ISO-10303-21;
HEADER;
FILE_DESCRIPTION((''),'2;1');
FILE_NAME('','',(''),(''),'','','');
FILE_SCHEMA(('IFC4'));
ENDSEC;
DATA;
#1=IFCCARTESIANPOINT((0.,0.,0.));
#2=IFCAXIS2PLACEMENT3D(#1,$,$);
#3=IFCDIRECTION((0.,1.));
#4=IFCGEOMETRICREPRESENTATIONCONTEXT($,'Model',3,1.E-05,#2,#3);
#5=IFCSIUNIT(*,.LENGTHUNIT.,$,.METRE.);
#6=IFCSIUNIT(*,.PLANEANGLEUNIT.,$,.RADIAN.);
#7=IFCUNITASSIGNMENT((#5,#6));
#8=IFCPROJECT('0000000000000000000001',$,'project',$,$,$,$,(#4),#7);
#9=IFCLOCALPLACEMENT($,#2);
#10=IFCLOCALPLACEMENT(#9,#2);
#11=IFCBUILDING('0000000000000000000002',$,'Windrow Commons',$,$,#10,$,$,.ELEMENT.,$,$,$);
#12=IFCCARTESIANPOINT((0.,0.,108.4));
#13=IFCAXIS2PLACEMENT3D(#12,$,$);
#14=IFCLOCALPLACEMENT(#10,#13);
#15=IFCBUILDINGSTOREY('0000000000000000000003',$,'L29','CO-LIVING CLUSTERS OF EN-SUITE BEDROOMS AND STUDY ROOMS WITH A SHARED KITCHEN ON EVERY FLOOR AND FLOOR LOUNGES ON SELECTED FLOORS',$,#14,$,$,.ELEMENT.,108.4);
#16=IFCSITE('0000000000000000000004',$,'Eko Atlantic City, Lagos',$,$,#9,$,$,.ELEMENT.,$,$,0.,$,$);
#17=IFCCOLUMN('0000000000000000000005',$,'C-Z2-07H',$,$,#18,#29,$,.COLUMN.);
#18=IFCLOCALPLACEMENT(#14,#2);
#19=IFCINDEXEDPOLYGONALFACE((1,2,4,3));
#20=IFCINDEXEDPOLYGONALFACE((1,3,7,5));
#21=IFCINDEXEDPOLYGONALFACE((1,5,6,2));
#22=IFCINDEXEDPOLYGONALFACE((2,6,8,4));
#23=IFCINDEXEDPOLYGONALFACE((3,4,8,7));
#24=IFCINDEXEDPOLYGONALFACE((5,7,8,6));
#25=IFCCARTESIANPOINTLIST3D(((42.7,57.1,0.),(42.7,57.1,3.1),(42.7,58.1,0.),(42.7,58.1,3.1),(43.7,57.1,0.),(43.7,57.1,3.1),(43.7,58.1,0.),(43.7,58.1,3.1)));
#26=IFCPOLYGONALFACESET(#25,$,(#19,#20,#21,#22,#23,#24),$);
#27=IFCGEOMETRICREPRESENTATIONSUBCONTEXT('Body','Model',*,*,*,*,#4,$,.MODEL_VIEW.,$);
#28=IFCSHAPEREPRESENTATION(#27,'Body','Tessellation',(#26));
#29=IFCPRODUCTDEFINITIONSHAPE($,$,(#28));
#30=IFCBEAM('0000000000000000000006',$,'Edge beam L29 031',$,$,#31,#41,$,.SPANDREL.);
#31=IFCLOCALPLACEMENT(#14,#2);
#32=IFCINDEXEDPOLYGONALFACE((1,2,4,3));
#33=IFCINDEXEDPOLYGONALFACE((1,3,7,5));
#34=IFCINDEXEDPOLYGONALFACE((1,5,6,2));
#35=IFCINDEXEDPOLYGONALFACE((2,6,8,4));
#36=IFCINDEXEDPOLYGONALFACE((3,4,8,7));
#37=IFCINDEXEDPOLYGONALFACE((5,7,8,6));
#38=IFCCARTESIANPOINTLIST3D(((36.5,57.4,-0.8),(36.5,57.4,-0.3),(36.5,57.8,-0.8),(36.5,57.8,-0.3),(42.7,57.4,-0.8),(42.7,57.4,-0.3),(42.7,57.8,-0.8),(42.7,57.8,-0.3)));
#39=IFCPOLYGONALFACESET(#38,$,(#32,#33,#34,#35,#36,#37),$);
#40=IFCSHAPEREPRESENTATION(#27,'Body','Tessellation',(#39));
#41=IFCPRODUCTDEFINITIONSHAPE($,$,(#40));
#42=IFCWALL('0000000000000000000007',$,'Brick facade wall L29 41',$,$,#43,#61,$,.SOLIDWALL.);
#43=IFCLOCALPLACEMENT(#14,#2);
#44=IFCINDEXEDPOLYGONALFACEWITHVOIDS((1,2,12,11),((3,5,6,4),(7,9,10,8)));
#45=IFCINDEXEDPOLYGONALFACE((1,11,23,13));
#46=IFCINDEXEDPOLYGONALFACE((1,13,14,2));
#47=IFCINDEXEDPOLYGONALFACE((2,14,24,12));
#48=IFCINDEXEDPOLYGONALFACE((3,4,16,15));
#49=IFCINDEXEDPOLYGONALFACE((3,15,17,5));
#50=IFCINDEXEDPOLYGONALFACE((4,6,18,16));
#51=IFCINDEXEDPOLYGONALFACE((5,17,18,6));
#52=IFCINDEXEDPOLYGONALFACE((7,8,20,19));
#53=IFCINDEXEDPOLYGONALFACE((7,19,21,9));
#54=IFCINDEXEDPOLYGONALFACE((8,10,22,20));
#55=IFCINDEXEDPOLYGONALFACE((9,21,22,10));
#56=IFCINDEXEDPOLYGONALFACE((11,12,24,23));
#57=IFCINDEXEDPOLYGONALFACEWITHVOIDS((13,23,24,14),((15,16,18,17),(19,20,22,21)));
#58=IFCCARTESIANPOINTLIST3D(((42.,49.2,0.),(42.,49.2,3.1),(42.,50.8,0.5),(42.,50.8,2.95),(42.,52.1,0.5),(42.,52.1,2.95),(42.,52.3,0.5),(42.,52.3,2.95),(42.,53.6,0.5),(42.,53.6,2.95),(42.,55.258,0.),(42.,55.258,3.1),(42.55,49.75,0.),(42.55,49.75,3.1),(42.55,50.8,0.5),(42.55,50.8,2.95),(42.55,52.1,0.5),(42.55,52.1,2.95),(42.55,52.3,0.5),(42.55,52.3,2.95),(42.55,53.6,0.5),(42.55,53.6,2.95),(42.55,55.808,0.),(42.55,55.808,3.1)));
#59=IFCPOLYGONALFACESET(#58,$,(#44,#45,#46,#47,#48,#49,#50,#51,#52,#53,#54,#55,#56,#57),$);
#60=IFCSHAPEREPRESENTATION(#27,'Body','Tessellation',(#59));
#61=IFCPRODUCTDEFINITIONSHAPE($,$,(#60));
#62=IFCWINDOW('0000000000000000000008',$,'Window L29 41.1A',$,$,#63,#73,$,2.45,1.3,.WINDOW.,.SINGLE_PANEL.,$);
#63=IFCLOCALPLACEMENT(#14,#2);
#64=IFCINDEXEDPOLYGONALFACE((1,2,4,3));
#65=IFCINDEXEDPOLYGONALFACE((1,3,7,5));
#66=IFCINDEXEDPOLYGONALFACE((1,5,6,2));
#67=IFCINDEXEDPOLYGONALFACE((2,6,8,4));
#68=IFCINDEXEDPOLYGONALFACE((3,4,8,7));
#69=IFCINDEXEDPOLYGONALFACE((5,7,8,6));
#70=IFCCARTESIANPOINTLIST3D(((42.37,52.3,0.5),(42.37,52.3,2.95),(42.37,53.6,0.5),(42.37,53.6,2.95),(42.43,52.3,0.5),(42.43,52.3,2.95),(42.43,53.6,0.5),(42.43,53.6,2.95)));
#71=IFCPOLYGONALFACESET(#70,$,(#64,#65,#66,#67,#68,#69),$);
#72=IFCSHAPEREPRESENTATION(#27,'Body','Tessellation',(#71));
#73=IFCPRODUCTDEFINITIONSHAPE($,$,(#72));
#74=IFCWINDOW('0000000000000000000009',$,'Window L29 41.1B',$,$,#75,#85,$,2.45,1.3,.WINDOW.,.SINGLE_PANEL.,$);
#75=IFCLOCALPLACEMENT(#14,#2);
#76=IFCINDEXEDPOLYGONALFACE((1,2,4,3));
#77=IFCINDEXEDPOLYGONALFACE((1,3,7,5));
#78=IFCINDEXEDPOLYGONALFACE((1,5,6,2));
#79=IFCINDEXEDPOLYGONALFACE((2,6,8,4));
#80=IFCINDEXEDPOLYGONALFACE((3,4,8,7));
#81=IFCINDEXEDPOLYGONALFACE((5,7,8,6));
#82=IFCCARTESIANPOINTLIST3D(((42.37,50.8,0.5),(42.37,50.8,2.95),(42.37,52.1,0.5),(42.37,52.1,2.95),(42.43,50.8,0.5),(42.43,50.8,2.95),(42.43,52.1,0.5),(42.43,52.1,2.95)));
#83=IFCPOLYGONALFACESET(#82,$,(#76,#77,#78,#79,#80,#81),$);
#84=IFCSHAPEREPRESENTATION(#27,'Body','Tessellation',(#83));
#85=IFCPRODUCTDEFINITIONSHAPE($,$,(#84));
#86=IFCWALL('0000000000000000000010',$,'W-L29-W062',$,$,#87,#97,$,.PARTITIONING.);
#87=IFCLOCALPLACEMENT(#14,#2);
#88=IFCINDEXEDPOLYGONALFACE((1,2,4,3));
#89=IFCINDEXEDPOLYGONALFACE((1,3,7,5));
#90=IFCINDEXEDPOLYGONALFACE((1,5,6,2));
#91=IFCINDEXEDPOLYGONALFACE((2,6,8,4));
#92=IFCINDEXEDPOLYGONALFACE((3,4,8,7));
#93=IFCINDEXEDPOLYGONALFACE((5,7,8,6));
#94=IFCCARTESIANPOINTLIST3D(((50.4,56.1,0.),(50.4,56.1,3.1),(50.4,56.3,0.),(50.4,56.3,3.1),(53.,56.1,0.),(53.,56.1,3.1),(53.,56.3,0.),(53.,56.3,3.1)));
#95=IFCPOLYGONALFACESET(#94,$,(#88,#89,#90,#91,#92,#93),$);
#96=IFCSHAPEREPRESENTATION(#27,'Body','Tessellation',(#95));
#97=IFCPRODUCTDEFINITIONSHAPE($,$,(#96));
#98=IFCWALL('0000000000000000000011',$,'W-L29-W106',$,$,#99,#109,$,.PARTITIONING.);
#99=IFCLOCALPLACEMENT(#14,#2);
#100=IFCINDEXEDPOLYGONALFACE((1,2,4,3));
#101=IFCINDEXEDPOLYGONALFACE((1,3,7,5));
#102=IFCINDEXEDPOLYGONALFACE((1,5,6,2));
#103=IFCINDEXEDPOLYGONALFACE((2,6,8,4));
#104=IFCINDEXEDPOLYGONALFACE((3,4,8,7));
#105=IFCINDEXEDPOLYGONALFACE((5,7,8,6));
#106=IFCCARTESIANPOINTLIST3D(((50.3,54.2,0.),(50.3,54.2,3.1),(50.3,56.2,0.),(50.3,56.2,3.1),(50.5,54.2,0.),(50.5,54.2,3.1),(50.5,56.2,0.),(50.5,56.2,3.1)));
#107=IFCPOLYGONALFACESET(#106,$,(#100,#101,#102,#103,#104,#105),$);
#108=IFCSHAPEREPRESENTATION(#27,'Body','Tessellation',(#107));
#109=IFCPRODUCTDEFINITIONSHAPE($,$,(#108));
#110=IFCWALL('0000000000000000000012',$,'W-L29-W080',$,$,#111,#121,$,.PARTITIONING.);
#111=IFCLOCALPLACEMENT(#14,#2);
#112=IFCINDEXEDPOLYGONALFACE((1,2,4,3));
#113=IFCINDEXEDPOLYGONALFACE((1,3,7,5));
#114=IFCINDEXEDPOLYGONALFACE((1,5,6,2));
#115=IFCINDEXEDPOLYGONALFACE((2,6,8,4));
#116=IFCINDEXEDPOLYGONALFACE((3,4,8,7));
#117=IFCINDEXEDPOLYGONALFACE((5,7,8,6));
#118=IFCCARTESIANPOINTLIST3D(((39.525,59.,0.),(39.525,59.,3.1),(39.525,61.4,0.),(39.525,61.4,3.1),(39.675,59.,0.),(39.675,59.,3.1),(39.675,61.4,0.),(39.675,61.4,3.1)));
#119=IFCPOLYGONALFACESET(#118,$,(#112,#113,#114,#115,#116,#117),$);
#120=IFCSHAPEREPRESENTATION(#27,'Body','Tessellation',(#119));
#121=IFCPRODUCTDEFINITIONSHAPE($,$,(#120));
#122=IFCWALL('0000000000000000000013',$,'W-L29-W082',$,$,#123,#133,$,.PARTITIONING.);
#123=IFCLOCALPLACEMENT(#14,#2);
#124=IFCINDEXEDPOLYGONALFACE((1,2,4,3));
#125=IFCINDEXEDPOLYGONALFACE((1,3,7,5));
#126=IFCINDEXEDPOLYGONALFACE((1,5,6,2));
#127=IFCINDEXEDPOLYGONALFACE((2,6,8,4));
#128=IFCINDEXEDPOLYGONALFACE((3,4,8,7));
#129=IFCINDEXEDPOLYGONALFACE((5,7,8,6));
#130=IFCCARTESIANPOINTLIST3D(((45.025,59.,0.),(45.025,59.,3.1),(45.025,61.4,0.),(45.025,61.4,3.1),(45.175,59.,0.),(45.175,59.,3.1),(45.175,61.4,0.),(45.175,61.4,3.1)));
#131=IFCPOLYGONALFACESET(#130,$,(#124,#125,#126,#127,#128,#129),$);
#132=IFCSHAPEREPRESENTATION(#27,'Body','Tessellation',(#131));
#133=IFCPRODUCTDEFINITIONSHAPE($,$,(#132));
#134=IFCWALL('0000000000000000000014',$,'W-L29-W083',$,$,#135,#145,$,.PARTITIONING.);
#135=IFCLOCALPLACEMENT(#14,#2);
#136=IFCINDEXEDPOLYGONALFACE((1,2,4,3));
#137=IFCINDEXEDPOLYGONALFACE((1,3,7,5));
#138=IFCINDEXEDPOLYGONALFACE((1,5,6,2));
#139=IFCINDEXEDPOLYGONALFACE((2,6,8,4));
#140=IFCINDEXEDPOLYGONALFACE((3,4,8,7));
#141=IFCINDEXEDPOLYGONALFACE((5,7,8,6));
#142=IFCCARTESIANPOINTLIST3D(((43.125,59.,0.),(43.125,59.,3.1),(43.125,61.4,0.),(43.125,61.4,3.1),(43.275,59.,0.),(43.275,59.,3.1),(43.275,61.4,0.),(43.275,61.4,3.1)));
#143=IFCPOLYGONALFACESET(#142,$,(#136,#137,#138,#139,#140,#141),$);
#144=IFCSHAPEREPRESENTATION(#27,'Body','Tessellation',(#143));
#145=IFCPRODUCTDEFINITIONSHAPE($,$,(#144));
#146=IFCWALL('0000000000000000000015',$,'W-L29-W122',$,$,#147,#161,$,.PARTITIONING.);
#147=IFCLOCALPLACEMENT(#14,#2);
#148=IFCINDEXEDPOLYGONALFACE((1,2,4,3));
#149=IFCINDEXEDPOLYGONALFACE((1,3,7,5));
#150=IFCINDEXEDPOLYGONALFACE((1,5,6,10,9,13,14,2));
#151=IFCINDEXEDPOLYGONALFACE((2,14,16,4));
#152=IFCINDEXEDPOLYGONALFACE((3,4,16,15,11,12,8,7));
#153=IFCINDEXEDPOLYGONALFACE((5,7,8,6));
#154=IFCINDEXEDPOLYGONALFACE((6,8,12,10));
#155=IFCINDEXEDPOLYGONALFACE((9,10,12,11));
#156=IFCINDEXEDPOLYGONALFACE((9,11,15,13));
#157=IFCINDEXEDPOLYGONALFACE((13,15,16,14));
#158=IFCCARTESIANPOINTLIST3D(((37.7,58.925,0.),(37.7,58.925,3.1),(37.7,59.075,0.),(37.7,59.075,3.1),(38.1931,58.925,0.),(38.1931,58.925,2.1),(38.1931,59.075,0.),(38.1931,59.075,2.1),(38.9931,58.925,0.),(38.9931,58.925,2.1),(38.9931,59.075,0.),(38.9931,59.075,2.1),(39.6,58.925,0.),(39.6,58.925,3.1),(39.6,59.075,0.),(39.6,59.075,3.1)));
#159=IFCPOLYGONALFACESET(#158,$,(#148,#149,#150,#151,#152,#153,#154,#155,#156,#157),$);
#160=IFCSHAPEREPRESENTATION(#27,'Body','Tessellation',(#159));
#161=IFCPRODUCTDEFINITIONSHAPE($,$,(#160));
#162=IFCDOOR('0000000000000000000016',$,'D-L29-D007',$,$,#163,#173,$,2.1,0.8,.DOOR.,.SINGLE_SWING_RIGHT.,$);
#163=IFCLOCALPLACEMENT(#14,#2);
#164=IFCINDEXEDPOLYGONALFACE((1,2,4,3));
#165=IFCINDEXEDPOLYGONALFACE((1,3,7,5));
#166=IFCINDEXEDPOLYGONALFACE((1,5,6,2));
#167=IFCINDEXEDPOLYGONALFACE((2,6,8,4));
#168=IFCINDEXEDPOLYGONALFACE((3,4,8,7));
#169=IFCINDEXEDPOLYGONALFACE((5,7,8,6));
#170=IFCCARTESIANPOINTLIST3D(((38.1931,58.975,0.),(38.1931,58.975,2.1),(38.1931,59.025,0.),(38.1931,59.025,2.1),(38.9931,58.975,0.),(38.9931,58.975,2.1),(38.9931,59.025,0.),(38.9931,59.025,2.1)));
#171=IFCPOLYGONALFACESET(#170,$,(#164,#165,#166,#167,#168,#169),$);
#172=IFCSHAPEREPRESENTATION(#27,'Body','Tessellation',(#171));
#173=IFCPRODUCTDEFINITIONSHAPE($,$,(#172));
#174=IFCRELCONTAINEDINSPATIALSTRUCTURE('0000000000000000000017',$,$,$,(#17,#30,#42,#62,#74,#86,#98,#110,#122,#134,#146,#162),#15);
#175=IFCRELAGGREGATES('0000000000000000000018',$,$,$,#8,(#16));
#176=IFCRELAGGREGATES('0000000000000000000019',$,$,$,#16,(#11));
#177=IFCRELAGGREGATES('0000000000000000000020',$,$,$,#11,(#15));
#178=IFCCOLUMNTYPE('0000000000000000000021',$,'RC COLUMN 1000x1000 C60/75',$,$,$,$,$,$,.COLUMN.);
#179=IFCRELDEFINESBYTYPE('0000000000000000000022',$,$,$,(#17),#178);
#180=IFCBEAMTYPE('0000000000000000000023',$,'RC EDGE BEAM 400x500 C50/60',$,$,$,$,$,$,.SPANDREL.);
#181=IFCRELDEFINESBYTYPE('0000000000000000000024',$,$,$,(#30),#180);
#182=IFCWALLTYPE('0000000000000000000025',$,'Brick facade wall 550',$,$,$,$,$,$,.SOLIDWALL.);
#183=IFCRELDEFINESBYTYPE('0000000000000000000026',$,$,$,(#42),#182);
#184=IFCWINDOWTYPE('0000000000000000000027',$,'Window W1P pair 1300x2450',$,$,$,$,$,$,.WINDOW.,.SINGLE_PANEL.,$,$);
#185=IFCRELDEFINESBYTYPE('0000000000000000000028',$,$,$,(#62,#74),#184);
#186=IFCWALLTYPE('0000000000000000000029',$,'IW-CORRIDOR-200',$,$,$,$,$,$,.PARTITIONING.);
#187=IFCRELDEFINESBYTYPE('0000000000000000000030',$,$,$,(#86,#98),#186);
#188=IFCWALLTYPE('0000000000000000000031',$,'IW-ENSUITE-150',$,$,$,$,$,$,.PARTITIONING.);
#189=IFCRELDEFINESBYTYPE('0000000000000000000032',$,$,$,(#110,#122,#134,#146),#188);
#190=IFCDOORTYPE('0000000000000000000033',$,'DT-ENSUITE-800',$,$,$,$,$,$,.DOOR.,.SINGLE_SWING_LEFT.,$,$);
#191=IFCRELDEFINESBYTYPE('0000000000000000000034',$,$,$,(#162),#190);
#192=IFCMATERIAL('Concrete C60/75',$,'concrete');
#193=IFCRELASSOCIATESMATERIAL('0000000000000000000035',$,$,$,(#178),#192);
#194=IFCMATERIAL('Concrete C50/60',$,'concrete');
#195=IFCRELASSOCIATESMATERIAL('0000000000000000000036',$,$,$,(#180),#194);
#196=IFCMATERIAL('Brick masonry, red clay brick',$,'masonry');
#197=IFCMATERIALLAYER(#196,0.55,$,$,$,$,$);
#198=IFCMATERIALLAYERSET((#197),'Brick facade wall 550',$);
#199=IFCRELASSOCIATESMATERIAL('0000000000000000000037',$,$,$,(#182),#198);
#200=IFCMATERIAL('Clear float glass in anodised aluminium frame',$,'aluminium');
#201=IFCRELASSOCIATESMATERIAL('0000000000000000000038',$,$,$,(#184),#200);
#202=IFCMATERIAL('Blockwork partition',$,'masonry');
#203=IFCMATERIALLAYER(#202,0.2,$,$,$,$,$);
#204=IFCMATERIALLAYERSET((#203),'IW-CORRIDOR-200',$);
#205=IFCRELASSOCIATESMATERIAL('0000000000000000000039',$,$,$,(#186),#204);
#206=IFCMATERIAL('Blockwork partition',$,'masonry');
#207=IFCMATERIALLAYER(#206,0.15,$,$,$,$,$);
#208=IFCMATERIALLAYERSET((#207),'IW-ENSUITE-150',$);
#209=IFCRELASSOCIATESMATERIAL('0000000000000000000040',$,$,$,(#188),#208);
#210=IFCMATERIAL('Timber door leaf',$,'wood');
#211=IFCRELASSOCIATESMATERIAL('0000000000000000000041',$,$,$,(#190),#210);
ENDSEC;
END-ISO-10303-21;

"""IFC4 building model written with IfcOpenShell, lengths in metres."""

from ifc_helpers import new_model, si_unit, direction, frame, frame_2d, origin, origin_2d, place, context, subcontext, project, spatial, polyline, rectangle, outline, extrude, material, layer, layer_set, material_profile, profile_set, type_object, element, fill, save


model = new_model("IFC4")

# Units and contexts
model_context = context("Model", 3, precision=1e-05, world=origin(), true_north=direction((0.0, 1.0)))
body_context = subcontext(model_context, "Body", "Model", "MODEL_VIEW")
ifc_project = project(units=[si_unit("LENGTHUNIT", "METRE"), si_unit("PLANEANGLEUNIT", "RADIAN")], contexts=[model_context])

# Site, building, storey
site_placement = place(None, origin())
site = spatial("IfcSite", under=ifc_project, at=site_placement, Name="Eko Atlantic City, Lagos", CompositionType="ELEMENT", RefElevation=0.0)
building_placement = place(site_placement, origin())
building = spatial("IfcBuilding", under=site, at=building_placement, Name="Windrow Commons", CompositionType="ELEMENT")
storey_placement = place(building_placement, frame((0.0, 0.0, 108.4)))
storey = spatial("IfcBuildingStorey", under=building, at=storey_placement, Name="L29", Description="CO-LIVING CLUSTERS OF EN-SUITE BEDROOMS AND STUDY ROOMS WITH A SHARED KITCHEN ON EVERY FLOOR AND FLOOR LOUNGES ON SELECTED FLOORS", CompositionType="ELEMENT", Elevation=108.4)

# Column
ifc_material_1 = material(Name="Concrete C60/75", Category="concrete")
ifc_material_profile_1 = material_profile(ifc_material_1, rectangle(XDim=1.0, YDim=1.0, at=origin_2d()))
ifc_profile_set_1 = profile_set([ifc_material_profile_1], Name="Concrete C60/75")
column_type = type_object("IfcColumnType", Name="RC COLUMN 1000x1000 C60/75", PredefinedType="COLUMN", material=ifc_profile_set_1)
column_placement = place(storey_placement, frame((43.2, 57.6, 0.0), z_axis=(0.0, 0.0, 1.0), x_axis=(1.0, 0.0, 0.0)))
element("IfcColumn", 1, at=column_placement, inside=storey, type_object=column_type, Name="C-Z2-07H", PredefinedType="COLUMN", context=body_context, shape_type="SweptSolid", body=[
    extrude(rectangle(XDim=1.0, YDim=1.0, at=origin_2d()), origin(), (0.0, 0.0, 1.0), 3.1),
])

# Beam
ifc_material_2 = material(Name="Concrete C50/60", Category="concrete")
ifc_material_profile_2 = material_profile(ifc_material_2, rectangle(XDim=0.4, YDim=0.5, at=origin_2d()))
ifc_profile_set_2 = profile_set([ifc_material_profile_2], Name="Concrete C50/60")
beam_type = type_object("IfcBeamType", Name="RC EDGE BEAM 400x500 C50/60", PredefinedType="SPANDREL", material=ifc_profile_set_2)
beam_placement = place(storey_placement, frame((42.7, 57.6, -0.55), z_axis=(-1.0, 0.0, 0.0), x_axis=(0.0, -1.0, 0.0)))
element("IfcBeam", 2, at=beam_placement, inside=storey, type_object=beam_type, Name="Edge beam L29 031", PredefinedType="SPANDREL", context=body_context, shape_type="SweptSolid", body=[
    extrude(rectangle(XDim=0.4, YDim=0.5, at=origin_2d()), origin(), (0.0, 0.0, 1.0), 6.2),
])

# Wall, openings, windows
ifc_material_3 = material(Name="Brick masonry, red clay brick", Category="masonry")
ifc_layer_1 = layer(ifc_material_3, 0.55)
ifc_layer_set_1 = layer_set([ifc_layer_1], Name="Brick facade wall 550")
wall_type_1 = type_object("IfcWallType", Name="Brick facade wall 550", PredefinedType="SOLIDWALL", material=ifc_layer_set_1)
wall_1_placement = place(storey_placement, frame((42.275, 55.533, 0.0), z_axis=(0.0, 0.0, 1.0), x_axis=(0.0, -1.0, 0.0)))
wall_1 = element("IfcWall", 3, at=wall_1_placement, inside=storey, type_object=wall_type_1, Name="Brick facade wall L29 41", PredefinedType="SOLIDWALL", context=body_context, shape_type="SweptSolid", body=[
    extrude(outline(polyline([(0.275, -0.275), (6.333, -0.275), (5.783, 0.275), (-0.275, 0.275), (0.275, -0.275)])), origin(), (0.0, 0.0, 1.0), 3.1),
])
opening_1_placement = place(wall_1_placement, frame((1.933, 0.0, 0.5)))
opening_1 = element("IfcOpeningElement", 4, at=opening_1_placement, cuts=wall_1, PredefinedType="OPENING", context=body_context, shape_type="SweptSolid", body=[
    extrude(rectangle(XDim=1.3, YDim=2.45, at=frame_2d((0.65, 1.225))), frame((0.0, 0.285, 0.0), z_axis=(0.0, -1.0, 0.0), x_axis=(1.0, 0.0, 0.0)), (0.0, 0.0, 1.0), 0.57),
])
opening_2_placement = place(wall_1_placement, frame((3.433, 0.0, 0.5)))
opening_2 = element("IfcOpeningElement", 5, at=opening_2_placement, cuts=wall_1, PredefinedType="OPENING", context=body_context, shape_type="SweptSolid", body=[
    extrude(rectangle(XDim=1.3, YDim=2.45, at=frame_2d((0.65, 1.225))), frame((0.0, 0.285, 0.0), z_axis=(0.0, -1.0, 0.0), x_axis=(1.0, 0.0, 0.0)), (0.0, 0.0, 1.0), 0.57),
])
ifc_material_4 = material(Name="Clear float glass in anodised aluminium frame", Category="aluminium")
window_type = type_object("IfcWindowType", Name="Window W1P pair 1300x2450", PartitioningType="SINGLE_PANEL", PredefinedType="WINDOW", material=ifc_material_4)
window_1_placement = place(opening_1_placement, origin())
window_1 = element("IfcWindow", 6, at=window_1_placement, inside=storey, type_object=window_type, Name="Window L29 41.1A", OverallHeight=2.45, OverallWidth=1.3, PartitioningType="SINGLE_PANEL", PredefinedType="WINDOW", context=body_context, shape_type="SweptSolid", body=[
    extrude(rectangle(XDim=1.3, YDim=2.45, at=frame_2d((0.65, 1.225))), frame((0.0, 0.155, 0.0), z_axis=(0.0, -1.0, 0.0), x_axis=(1.0, 0.0, 0.0)), (0.0, 0.0, 1.0), 0.06),
])
fill(opening_1, window_1)
window_2_placement = place(opening_2_placement, origin())
window_2 = element("IfcWindow", 7, at=window_2_placement, inside=storey, type_object=window_type, Name="Window L29 41.1B", OverallHeight=2.45, OverallWidth=1.3, PartitioningType="SINGLE_PANEL", PredefinedType="WINDOW", context=body_context, shape_type="SweptSolid", body=[
    extrude(rectangle(XDim=1.3, YDim=2.45, at=frame_2d((0.65, 1.225))), frame((0.0, 0.155, 0.0), z_axis=(0.0, -1.0, 0.0), x_axis=(1.0, 0.0, 0.0)), (0.0, 0.0, 1.0), 0.06),
])
fill(opening_2, window_2)

# Walls
ifc_material_5 = material(Name="Blockwork partition", Category="masonry")
ifc_layer_2 = layer(ifc_material_5, 0.2)
ifc_layer_set_2 = layer_set([ifc_layer_2], Name="IW-CORRIDOR-200")
wall_type_2 = type_object("IfcWallType", Name="IW-CORRIDOR-200", PredefinedType="PARTITIONING", material=ifc_layer_set_2)
wall_2_placement = place(storey_placement, frame((50.4, 56.2, 0.0), z_axis=(0.0, 0.0, 1.0), x_axis=(1.0, 0.0, 0.0)))
element("IfcWall", 8, at=wall_2_placement, inside=storey, type_object=wall_type_2, Name="W-L29-W062", PredefinedType="PARTITIONING", context=body_context, shape_type="SweptSolid", body=[
    extrude(rectangle(XDim=2.6, YDim=0.2, at=frame_2d((1.3, 0.0))), origin(), (0.0, 0.0, 1.0), 3.1),
])
wall_3_placement = place(storey_placement, frame((50.4, 54.2, 0.0), z_axis=(0.0, 0.0, 1.0), x_axis=(0.0, 1.0, 0.0)))
element("IfcWall", 9, at=wall_3_placement, inside=storey, type_object=wall_type_2, Name="W-L29-W106", PredefinedType="PARTITIONING", context=body_context, shape_type="SweptSolid", body=[
    extrude(rectangle(XDim=2.0, YDim=0.2, at=frame_2d((1.0, 0.0))), origin(), (0.0, 0.0, 1.0), 3.1),
])
ifc_material_6 = material(Name="Blockwork partition", Category="masonry")
ifc_layer_3 = layer(ifc_material_6, 0.15)
ifc_layer_set_3 = layer_set([ifc_layer_3], Name="IW-ENSUITE-150")
wall_type_3 = type_object("IfcWallType", Name="IW-ENSUITE-150", PredefinedType="PARTITIONING", material=ifc_layer_set_3)
for number, where, z_axis, x_axis, name in (
    (10, (39.6, 59.0, 0.0), (0.0, 0.0, 1.0), (0.0, 1.0, 0.0), "W-L29-W080"),
    (11, (45.1, 59.0, 0.0), (0.0, 0.0, 1.0), (0.0, 1.0, 0.0), "W-L29-W082"),
    (12, (43.2, 59.0, 0.0), (0.0, 0.0, 1.0), (0.0, 1.0, 0.0), "W-L29-W083"),
):
    element("IfcWall", number, at=place(storey_placement, frame(where, z_axis=z_axis, x_axis=x_axis)), inside=storey, type_object=wall_type_3, Name=name, PredefinedType="PARTITIONING", context=body_context, shape_type="SweptSolid", body=[
        extrude(rectangle(XDim=2.4, YDim=0.15, at=frame_2d((1.2, 0.0))), origin(), (0.0, 0.0, 1.0), 3.1),
    ])

# Wall, opening, door
wall_4_placement = place(storey_placement, frame((37.7, 59.0, 0.0), z_axis=(0.0, 0.0, 1.0), x_axis=(1.0, 0.0, 0.0)))
wall_4 = element("IfcWall", 13, at=wall_4_placement, inside=storey, type_object=wall_type_3, Name="W-L29-W122", PredefinedType="PARTITIONING", context=body_context, shape_type="SweptSolid", body=[
    extrude(rectangle(XDim=1.9, YDim=0.15, at=frame_2d((0.95, 0.0))), origin(), (0.0, 0.0, 1.0), 3.1),
])
opening_3_placement = place(wall_4_placement, frame((0.4931, 0.0, 0.0)))
opening_3 = element("IfcOpeningElement", 14, at=opening_3_placement, cuts=wall_4, PredefinedType="OPENING", context=body_context, shape_type="SweptSolid", body=[
    extrude(rectangle(XDim=0.8, YDim=2.1, at=frame_2d((0.4, 1.05))), frame((0.0, 0.085, 0.0), z_axis=(0.0, -1.0, 0.0), x_axis=(1.0, 0.0, 0.0)), (0.0, 0.0, 1.0), 0.17),
])
ifc_material_7 = material(Name="Timber door leaf", Category="wood")
door_type = type_object("IfcDoorType", Name="DT-ENSUITE-800", OperationType="SINGLE_SWING_LEFT", PredefinedType="DOOR", material=ifc_material_7)
door_1_placement = place(opening_3_placement, origin())
door_1 = element("IfcDoor", 15, at=door_1_placement, inside=storey, type_object=door_type, Name="D-L29-D007", OperationType="SINGLE_SWING_RIGHT", OverallHeight=2.1, OverallWidth=0.8, PredefinedType="DOOR", context=body_context, shape_type="SweptSolid", body=[
    extrude(rectangle(XDim=0.8, YDim=2.1, at=frame_2d((0.4, 1.05))), frame((0.0, 0.025, 0.0), z_axis=(0.0, -1.0, 0.0), x_axis=(1.0, 0.0, 0.0)), (0.0, 0.0, 1.0), 0.05),
])
fill(opening_3, door_1)

save(model, "model.ifc")
